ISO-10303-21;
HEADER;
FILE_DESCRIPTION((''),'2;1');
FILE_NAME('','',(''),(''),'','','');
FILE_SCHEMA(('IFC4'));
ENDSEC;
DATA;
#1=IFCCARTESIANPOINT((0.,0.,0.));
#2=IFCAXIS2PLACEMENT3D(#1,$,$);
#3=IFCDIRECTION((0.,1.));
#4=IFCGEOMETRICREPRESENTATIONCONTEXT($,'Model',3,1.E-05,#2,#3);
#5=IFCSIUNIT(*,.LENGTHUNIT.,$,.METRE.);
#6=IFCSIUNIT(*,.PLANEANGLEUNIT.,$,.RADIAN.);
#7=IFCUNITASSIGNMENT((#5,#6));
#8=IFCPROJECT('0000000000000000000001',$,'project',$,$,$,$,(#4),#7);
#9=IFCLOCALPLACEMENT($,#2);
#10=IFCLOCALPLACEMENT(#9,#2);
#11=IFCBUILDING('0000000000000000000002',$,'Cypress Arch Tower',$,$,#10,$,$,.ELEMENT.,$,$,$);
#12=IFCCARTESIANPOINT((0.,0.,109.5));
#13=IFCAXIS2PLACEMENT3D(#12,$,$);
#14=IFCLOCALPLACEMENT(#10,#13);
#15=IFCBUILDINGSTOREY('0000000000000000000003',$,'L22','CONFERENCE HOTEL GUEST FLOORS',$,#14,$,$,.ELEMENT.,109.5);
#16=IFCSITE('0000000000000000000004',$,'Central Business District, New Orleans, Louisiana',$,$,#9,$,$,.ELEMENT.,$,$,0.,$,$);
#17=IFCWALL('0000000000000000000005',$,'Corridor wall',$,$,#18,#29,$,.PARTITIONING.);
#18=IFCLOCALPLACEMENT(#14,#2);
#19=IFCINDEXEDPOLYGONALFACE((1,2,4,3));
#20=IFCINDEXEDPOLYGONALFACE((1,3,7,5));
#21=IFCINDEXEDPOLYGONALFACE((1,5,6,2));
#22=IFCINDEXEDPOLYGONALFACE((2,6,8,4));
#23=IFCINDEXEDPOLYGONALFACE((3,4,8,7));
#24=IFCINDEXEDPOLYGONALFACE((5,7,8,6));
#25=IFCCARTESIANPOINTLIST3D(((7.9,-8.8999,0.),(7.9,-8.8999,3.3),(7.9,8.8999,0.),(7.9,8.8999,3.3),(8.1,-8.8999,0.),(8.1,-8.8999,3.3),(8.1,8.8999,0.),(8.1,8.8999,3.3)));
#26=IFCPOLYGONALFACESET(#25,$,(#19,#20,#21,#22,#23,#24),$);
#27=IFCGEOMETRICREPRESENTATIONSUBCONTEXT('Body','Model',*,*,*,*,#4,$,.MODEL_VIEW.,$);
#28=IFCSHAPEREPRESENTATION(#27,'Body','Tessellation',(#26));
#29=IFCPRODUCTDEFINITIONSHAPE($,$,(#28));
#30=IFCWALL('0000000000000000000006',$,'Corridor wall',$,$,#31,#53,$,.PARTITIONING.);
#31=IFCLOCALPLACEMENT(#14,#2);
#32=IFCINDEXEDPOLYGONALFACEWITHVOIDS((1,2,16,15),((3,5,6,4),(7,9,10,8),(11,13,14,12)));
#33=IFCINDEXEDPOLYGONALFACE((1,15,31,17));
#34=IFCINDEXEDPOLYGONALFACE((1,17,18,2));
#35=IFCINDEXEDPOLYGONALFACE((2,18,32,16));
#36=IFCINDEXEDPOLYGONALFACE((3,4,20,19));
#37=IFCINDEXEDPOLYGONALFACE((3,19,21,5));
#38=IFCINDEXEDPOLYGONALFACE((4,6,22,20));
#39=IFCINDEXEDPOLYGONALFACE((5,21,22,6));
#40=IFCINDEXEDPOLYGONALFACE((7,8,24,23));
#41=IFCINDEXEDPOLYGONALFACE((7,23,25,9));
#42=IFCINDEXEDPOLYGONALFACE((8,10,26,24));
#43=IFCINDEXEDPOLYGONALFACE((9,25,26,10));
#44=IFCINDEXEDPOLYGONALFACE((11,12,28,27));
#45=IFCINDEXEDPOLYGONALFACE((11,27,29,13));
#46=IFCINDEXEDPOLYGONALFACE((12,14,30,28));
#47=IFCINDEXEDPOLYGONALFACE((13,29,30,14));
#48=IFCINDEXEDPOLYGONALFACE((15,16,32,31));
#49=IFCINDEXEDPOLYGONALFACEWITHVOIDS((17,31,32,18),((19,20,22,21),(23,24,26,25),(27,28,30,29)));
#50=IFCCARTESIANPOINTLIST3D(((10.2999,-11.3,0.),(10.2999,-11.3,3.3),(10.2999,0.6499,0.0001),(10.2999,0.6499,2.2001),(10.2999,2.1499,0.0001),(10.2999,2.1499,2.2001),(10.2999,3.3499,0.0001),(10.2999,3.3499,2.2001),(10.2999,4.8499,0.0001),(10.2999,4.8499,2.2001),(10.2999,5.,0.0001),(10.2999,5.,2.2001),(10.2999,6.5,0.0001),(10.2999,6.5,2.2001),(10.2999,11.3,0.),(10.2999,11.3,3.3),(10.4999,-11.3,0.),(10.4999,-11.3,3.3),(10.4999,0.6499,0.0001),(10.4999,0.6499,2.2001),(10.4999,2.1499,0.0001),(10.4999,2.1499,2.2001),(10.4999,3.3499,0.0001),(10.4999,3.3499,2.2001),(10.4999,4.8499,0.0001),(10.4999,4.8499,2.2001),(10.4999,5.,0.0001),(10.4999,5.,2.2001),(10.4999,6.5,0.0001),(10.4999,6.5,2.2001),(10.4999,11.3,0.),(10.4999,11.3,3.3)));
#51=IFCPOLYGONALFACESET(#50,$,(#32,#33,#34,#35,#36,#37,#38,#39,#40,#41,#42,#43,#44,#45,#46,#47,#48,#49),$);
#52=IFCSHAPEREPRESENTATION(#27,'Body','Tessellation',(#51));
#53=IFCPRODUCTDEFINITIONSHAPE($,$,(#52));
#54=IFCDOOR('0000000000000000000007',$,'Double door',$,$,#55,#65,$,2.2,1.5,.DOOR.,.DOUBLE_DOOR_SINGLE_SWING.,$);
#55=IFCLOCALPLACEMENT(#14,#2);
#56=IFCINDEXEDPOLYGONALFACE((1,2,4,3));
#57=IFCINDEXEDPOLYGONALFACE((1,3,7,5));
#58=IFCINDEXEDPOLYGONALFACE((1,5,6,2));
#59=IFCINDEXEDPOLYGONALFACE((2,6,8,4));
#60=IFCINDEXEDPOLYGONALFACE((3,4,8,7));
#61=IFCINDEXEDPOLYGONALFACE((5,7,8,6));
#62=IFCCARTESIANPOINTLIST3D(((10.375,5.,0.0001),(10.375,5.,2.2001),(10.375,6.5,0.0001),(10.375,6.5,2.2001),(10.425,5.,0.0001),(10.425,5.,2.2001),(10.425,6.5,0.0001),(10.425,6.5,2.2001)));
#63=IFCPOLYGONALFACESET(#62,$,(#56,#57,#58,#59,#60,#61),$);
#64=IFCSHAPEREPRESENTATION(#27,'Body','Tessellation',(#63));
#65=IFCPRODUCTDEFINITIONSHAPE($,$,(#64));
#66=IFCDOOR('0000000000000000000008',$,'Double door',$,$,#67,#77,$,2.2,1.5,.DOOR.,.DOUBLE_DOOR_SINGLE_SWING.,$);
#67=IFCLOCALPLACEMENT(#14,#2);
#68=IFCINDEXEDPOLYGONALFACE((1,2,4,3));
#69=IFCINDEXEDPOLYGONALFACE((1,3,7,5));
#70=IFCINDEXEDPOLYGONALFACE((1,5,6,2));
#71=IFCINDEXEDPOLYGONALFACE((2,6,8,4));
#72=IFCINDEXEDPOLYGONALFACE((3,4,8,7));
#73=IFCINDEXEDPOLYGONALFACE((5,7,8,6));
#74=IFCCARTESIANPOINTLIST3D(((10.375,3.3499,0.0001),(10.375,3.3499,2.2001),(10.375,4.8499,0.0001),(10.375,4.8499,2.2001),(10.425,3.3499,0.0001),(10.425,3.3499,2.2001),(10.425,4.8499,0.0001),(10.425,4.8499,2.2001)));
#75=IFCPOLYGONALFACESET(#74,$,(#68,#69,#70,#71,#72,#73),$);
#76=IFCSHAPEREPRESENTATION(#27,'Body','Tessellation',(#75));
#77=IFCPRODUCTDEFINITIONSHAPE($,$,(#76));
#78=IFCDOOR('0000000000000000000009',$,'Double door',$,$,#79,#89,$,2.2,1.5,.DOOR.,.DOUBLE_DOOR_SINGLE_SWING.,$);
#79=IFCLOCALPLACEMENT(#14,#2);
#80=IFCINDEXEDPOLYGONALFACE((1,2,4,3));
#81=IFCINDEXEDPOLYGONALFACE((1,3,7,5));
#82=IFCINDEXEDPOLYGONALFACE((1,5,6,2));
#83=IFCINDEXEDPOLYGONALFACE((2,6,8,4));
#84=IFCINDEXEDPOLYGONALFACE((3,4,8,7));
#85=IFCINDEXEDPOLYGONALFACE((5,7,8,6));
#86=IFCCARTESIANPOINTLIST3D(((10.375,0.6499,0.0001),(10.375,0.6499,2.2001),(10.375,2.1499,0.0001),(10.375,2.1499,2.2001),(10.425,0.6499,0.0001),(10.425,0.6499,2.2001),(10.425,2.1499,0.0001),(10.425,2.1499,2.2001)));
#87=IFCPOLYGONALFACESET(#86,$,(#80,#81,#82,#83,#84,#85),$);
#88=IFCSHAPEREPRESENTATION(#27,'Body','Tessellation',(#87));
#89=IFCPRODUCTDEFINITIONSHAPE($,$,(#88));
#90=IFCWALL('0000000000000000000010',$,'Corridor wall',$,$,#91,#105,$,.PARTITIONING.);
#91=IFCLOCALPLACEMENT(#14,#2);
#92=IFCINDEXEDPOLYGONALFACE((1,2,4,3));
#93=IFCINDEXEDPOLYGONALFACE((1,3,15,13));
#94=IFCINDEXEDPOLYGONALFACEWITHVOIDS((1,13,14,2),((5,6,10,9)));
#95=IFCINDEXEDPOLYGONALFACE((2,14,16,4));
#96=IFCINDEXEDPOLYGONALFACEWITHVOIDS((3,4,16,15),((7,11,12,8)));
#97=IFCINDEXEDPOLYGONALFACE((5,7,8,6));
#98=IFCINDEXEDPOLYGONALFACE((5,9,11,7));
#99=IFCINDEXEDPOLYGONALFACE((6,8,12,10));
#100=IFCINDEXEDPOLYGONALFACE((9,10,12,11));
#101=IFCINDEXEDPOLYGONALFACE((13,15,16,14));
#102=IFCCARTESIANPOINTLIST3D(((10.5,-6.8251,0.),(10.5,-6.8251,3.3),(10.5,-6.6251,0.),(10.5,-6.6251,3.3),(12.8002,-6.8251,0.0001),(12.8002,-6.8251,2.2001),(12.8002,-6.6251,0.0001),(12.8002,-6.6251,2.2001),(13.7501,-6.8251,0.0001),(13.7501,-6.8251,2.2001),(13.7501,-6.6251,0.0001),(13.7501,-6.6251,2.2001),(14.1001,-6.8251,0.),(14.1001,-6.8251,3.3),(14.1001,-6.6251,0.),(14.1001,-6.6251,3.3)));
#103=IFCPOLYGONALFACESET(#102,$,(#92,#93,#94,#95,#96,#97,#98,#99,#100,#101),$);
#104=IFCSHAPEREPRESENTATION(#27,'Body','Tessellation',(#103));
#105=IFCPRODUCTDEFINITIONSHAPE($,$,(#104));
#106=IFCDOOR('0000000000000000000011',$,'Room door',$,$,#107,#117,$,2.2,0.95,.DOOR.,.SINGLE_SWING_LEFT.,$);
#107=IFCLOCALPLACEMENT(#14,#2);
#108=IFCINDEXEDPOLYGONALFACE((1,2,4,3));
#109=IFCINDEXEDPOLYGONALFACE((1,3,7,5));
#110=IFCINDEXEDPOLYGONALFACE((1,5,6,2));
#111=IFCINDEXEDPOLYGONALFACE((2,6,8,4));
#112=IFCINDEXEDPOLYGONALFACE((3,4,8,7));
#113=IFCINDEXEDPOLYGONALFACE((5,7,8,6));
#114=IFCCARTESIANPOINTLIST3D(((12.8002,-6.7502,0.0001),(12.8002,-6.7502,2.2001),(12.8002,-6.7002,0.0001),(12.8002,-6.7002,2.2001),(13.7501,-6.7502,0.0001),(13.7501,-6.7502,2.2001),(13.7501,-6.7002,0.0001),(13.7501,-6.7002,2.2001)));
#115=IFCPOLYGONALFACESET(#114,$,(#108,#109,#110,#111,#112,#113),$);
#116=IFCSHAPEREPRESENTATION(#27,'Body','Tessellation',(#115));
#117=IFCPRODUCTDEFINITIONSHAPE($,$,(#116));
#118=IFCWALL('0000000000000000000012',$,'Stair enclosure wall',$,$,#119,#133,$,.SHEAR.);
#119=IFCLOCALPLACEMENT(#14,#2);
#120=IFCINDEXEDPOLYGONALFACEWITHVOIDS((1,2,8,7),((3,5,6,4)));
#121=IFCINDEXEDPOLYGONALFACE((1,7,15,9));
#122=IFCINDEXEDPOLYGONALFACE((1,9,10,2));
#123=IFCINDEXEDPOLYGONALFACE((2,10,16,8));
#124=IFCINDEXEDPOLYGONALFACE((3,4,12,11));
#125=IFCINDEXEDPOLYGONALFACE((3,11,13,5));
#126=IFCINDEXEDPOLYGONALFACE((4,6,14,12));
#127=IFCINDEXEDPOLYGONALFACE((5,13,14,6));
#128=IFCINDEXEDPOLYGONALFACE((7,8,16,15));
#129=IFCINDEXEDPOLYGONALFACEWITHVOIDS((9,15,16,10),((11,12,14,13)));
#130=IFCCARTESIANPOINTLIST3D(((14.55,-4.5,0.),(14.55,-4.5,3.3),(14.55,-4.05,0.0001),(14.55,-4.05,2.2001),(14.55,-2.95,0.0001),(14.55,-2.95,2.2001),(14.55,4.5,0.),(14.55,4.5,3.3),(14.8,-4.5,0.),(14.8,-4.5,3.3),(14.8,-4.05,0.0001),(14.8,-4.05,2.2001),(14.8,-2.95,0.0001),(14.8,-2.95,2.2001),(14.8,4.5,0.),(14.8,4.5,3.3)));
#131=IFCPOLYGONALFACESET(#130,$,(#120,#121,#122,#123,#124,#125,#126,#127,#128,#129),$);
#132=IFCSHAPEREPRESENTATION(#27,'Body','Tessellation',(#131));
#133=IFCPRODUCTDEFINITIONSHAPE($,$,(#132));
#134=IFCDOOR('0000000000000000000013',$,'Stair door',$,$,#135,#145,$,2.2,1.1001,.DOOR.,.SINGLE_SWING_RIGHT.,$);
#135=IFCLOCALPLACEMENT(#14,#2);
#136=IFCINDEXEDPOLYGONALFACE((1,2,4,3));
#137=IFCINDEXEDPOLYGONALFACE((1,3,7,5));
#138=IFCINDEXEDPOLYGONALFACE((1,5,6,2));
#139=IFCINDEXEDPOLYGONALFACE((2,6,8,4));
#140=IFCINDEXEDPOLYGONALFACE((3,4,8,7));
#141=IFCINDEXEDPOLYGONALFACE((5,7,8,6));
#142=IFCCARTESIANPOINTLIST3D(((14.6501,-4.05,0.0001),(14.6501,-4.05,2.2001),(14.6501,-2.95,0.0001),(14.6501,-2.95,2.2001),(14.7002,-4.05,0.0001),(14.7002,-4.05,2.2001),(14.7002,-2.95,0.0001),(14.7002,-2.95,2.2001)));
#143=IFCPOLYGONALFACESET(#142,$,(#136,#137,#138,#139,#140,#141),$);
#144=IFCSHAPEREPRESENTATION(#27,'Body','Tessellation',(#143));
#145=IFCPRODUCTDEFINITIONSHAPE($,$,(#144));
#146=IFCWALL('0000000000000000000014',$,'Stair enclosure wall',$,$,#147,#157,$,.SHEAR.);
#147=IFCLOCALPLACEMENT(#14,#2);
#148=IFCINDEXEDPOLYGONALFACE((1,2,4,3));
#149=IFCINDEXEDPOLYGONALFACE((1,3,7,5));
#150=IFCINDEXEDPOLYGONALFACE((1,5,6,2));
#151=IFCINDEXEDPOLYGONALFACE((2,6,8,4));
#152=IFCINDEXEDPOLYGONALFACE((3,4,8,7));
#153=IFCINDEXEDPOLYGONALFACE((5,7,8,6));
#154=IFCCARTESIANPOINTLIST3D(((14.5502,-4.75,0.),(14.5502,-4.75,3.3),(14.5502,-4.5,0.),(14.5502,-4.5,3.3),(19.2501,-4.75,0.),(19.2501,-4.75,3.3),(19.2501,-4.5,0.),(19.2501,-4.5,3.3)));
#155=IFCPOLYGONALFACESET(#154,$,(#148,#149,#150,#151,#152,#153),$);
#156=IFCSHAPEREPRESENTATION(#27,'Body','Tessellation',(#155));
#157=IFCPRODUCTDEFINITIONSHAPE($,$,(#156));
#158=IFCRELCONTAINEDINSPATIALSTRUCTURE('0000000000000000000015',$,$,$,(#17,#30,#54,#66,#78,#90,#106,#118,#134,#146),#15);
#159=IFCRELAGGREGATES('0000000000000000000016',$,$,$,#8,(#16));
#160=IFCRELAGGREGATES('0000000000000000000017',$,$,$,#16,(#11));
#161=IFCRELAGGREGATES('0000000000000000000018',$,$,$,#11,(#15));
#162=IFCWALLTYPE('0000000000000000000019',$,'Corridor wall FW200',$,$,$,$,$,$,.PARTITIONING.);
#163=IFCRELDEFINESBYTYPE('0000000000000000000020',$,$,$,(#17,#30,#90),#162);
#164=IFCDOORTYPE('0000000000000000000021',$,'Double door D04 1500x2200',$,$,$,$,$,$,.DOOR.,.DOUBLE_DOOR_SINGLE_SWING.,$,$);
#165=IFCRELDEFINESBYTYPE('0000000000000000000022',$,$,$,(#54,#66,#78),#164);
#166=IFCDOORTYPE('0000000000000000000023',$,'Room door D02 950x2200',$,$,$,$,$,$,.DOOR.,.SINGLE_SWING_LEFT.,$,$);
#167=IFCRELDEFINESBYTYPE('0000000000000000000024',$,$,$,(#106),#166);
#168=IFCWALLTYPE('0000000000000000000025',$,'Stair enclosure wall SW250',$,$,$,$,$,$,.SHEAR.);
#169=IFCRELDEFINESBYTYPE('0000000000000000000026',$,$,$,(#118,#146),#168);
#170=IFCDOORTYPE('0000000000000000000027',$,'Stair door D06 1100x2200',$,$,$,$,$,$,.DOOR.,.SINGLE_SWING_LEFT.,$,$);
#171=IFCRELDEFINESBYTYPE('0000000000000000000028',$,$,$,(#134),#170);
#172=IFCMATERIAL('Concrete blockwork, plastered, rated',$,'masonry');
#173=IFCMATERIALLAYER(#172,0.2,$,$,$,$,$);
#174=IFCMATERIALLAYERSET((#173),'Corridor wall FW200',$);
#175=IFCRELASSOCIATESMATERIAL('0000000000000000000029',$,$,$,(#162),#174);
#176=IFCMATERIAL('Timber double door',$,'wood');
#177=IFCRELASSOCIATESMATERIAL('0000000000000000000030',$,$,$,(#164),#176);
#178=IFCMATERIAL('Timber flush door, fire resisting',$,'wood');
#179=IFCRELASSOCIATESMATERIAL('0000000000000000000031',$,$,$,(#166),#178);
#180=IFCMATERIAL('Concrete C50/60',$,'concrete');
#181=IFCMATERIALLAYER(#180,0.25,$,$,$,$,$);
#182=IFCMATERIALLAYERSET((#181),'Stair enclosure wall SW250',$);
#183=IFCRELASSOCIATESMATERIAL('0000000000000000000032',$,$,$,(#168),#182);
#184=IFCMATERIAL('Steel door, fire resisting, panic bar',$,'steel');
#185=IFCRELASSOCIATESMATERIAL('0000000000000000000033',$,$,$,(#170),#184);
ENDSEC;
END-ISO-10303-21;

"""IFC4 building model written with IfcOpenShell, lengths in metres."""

from ifc_helpers import new_model, si_unit, direction, frame, frame_2d, origin, place, context, subcontext, project, spatial, rectangle, extrude, material, layer, layer_set, type_object, element, fill, save


model = new_model("IFC4")

# Units and contexts
model_context = context("Model", 3, precision=1e-05, world=origin(), true_north=direction((0.0, 1.0)))
body_context = subcontext(model_context, "Body", "Model", "MODEL_VIEW")
ifc_project = project(units=[si_unit("LENGTHUNIT", "METRE"), si_unit("PLANEANGLEUNIT", "RADIAN")], contexts=[model_context])

# Site, building, storey
site_placement = place(None, origin())
site = spatial("IfcSite", under=ifc_project, at=site_placement, Name="Central Business District, New Orleans, Louisiana", CompositionType="ELEMENT", RefElevation=0.0)
building_placement = place(site_placement, origin())
building = spatial("IfcBuilding", under=site, at=building_placement, Name="Cypress Arch Tower", CompositionType="ELEMENT")
storey_placement = place(building_placement, frame((0.0, 0.0, 109.5)))
storey = spatial("IfcBuildingStorey", under=building, at=storey_placement, Name="L22", Description="CONFERENCE HOTEL GUEST FLOORS", CompositionType="ELEMENT", Elevation=109.5)

# Wall
ifc_material_1 = material(Name="Concrete blockwork, plastered, rated", Category="masonry")
ifc_layer_1 = layer(ifc_material_1, 0.2)
ifc_layer_set_1 = layer_set([ifc_layer_1], Name="Corridor wall FW200")
wall_type_1 = type_object("IfcWallType", Name="Corridor wall FW200", PredefinedType="PARTITIONING", material=ifc_layer_set_1)
wall_1_placement = place(storey_placement, frame((8.0, -8.8999, 0.0), z_axis=(0.0, 0.0, 1.0), x_axis=(0.0, 1.0, 0.0)))
element("IfcWall", 1, at=wall_1_placement, inside=storey, type_object=wall_type_1, Name="Corridor wall", PredefinedType="PARTITIONING", context=body_context, shape_type="SweptSolid", body=[
    extrude(rectangle(XDim=17.7998, YDim=0.2, at=frame_2d((8.8999, 0.0))), origin(), (0.0, 0.0, 1.0), 3.3),
])

# Wall, openings, doors
wall_2_placement = place(storey_placement, frame((10.3999, -11.3, 0.0), z_axis=(0.0, 0.0, 1.0), x_axis=(0.0, 1.0, 0.0)))
wall_2 = element("IfcWall", 2, at=wall_2_placement, inside=storey, type_object=wall_type_1, Name="Corridor wall", PredefinedType="PARTITIONING", context=body_context, shape_type="SweptSolid", body=[
    extrude(rectangle(XDim=22.6001, YDim=0.2, at=frame_2d((11.3, 0.0))), origin(), (0.0, 0.0, 1.0), 3.3),
])
opening_1_placement = place(wall_2_placement, frame((16.3, 0.0, 0.0)))
opening_1 = element("IfcOpeningElement", 3, at=opening_1_placement, cuts=wall_2, PredefinedType="OPENING", context=body_context, shape_type="SweptSolid", body=[
    extrude(rectangle(XDim=1.5, YDim=2.2, at=frame_2d((0.75, 1.1001))), frame((0.0, 0.1099, 0.0), z_axis=(0.0, -1.0, 0.0), x_axis=(1.0, 0.0, 0.0)), (0.0, 0.0, 1.0), 0.22),
])
opening_2_placement = place(wall_2_placement, frame((14.6499, 0.0, 0.0)))
opening_2 = element("IfcOpeningElement", 4, at=opening_2_placement, cuts=wall_2, PredefinedType="OPENING", context=body_context, shape_type="SweptSolid", body=[
    extrude(rectangle(XDim=1.5, YDim=2.2, at=frame_2d((0.75, 1.1001))), frame((0.0, 0.1099, 0.0), z_axis=(0.0, -1.0, 0.0), x_axis=(1.0, 0.0, 0.0)), (0.0, 0.0, 1.0), 0.22),
])
opening_3_placement = place(wall_2_placement, frame((11.95, 0.0, 0.0)))
opening_3 = element("IfcOpeningElement", 5, at=opening_3_placement, cuts=wall_2, PredefinedType="OPENING", context=body_context, shape_type="SweptSolid", body=[
    extrude(rectangle(XDim=1.5, YDim=2.2, at=frame_2d((0.75, 1.1001))), frame((0.0, 0.1099, 0.0), z_axis=(0.0, -1.0, 0.0), x_axis=(1.0, 0.0, 0.0)), (0.0, 0.0, 1.0), 0.22),
])
ifc_material_2 = material(Name="Timber double door", Category="wood")
door_type_1 = type_object("IfcDoorType", Name="Double door D04 1500x2200", OperationType="DOUBLE_DOOR_SINGLE_SWING", PredefinedType="DOOR", material=ifc_material_2)
door_1_placement = place(opening_1_placement, origin())
door_1 = element("IfcDoor", 6, at=door_1_placement, inside=storey, type_object=door_type_1, Name="Double door", OperationType="DOUBLE_DOOR_SINGLE_SWING", OverallHeight=2.2, OverallWidth=1.5, PredefinedType="DOOR", context=body_context, shape_type="SweptSolid", body=[
    extrude(rectangle(XDim=1.5, YDim=2.2, at=frame_2d((0.75, 1.1001))), frame((0.0, 0.0249, 0.0), z_axis=(0.0, -1.0, 0.0), x_axis=(1.0, 0.0, 0.0)), (0.0, 0.0, 1.0), 0.05),
])
fill(opening_1, door_1)
door_2_placement = place(opening_2_placement, origin())
door_2 = element("IfcDoor", 7, at=door_2_placement, inside=storey, type_object=door_type_1, Name="Double door", OperationType="DOUBLE_DOOR_SINGLE_SWING", OverallHeight=2.2, OverallWidth=1.5, PredefinedType="DOOR", context=body_context, shape_type="SweptSolid", body=[
    extrude(rectangle(XDim=1.5, YDim=2.2, at=frame_2d((0.75, 1.1001))), frame((0.0, 0.0249, 0.0), z_axis=(0.0, -1.0, 0.0), x_axis=(1.0, 0.0, 0.0)), (0.0, 0.0, 1.0), 0.05),
])
fill(opening_2, door_2)
door_3_placement = place(opening_3_placement, origin())
door_3 = element("IfcDoor", 8, at=door_3_placement, inside=storey, type_object=door_type_1, Name="Double door", OperationType="DOUBLE_DOOR_SINGLE_SWING", OverallHeight=2.2, OverallWidth=1.5, PredefinedType="DOOR", context=body_context, shape_type="SweptSolid", body=[
    extrude(rectangle(XDim=1.5, YDim=2.2, at=frame_2d((0.75, 1.1001))), frame((0.0, 0.0249, 0.0), z_axis=(0.0, -1.0, 0.0), x_axis=(1.0, 0.0, 0.0)), (0.0, 0.0, 1.0), 0.05),
])
fill(opening_3, door_3)

# Walls, openings, doors
wall_3_placement = place(storey_placement, frame((10.5, -6.7251, 0.0), z_axis=(0.0, 0.0, 1.0), x_axis=(1.0, 0.0, 0.0)))
wall_3 = element("IfcWall", 9, at=wall_3_placement, inside=storey, type_object=wall_type_1, Name="Corridor wall", PredefinedType="PARTITIONING", context=body_context, shape_type="SweptSolid", body=[
    extrude(rectangle(XDim=3.6001, YDim=0.2, at=frame_2d((1.8, 0.0))), origin(), (0.0, 0.0, 1.0), 3.3),
])
opening_4_placement = place(wall_3_placement, frame((2.3, 0.0, 0.0)))
opening_4 = element("IfcOpeningElement", 10, at=opening_4_placement, cuts=wall_3, PredefinedType="OPENING", context=body_context, shape_type="SweptSolid", body=[
    extrude(rectangle(XDim=0.95, YDim=2.2, at=frame_2d((0.4751, 1.1001))), frame((0.0, 0.1099, 0.0), z_axis=(0.0, -1.0, 0.0), x_axis=(1.0, 0.0, 0.0)), (0.0, 0.0, 1.0), 0.22),
])
ifc_material_3 = material(Name="Timber flush door, fire resisting", Category="wood")
door_type_2 = type_object("IfcDoorType", Name="Room door D02 950x2200", OperationType="SINGLE_SWING_LEFT", PredefinedType="DOOR", material=ifc_material_3)
door_4_placement = place(opening_4_placement, origin())
door_4 = element("IfcDoor", 11, at=door_4_placement, inside=storey, type_object=door_type_2, Name="Room door", OperationType="SINGLE_SWING_LEFT", OverallHeight=2.2, OverallWidth=0.95, PredefinedType="DOOR", context=body_context, shape_type="SweptSolid", body=[
    extrude(rectangle(XDim=0.95, YDim=2.2, at=frame_2d((0.4751, 1.1001))), frame((0.0, 0.0249, 0.0), z_axis=(0.0, -1.0, 0.0), x_axis=(1.0, 0.0, 0.0)), (0.0, 0.0, 1.0), 0.05),
])
fill(opening_4, door_4)
ifc_material_4 = material(Name="Concrete C50/60", Category="concrete")
ifc_layer_2 = layer(ifc_material_4, 0.25)
ifc_layer_set_2 = layer_set([ifc_layer_2], Name="Stair enclosure wall SW250")
wall_type_2 = type_object("IfcWallType", Name="Stair enclosure wall SW250", PredefinedType="SHEAR", material=ifc_layer_set_2)
wall_4_placement = place(storey_placement, frame((14.675, -4.5, 0.0), z_axis=(0.0, 0.0, 1.0), x_axis=(0.0, 1.0, 0.0)))
wall_4 = element("IfcWall", 12, at=wall_4_placement, inside=storey, type_object=wall_type_2, Name="Stair enclosure wall", PredefinedType="SHEAR", context=body_context, shape_type="SweptSolid", body=[
    extrude(rectangle(XDim=9.0, YDim=0.25, at=frame_2d((4.5, 0.0))), origin(), (0.0, 0.0, 1.0), 3.3),
])
opening_5_placement = place(wall_4_placement, frame((0.45, 0.0, 0.0)))
opening_5 = element("IfcOpeningElement", 13, at=opening_5_placement, cuts=wall_4, PredefinedType="OPENING", context=body_context, shape_type="SweptSolid", body=[
    extrude(rectangle(XDim=1.1001, YDim=2.2, at=frame_2d((0.55, 1.1001))), frame((0.0, 0.135, 0.0), z_axis=(0.0, -1.0, 0.0), x_axis=(1.0, 0.0, 0.0)), (0.0, 0.0, 1.0), 0.27),
])
ifc_material_5 = material(Name="Steel door, fire resisting, panic bar", Category="steel")
door_type_3 = type_object("IfcDoorType", Name="Stair door D06 1100x2200", OperationType="SINGLE_SWING_LEFT", PredefinedType="DOOR", material=ifc_material_5)
door_5_placement = place(opening_5_placement, origin())
door_5 = element("IfcDoor", 14, at=door_5_placement, inside=storey, type_object=door_type_3, Name="Stair door", OperationType="SINGLE_SWING_RIGHT", OverallHeight=2.2, OverallWidth=1.1001, PredefinedType="DOOR", context=body_context, shape_type="SweptSolid", body=[
    extrude(rectangle(XDim=1.1001, YDim=2.2, at=frame_2d((0.55, 1.1001))), frame((0.0, 0.0249, 0.0), z_axis=(0.0, -1.0, 0.0), x_axis=(1.0, 0.0, 0.0)), (0.0, 0.0, 1.0), 0.05),
])
fill(opening_5, door_5)

# Wall
wall_5_placement = place(storey_placement, frame((14.55, -4.625, 0.0), z_axis=(0.0, 0.0, 1.0), x_axis=(1.0, 0.0, 0.0)))
element("IfcWall", 15, at=wall_5_placement, inside=storey, type_object=wall_type_2, Name="Stair enclosure wall", PredefinedType="SHEAR", context=body_context, shape_type="SweptSolid", body=[
    extrude(rectangle(XDim=4.7, YDim=0.25, at=frame_2d((2.3501, 0.0))), origin(), (0.0, 0.0, 1.0), 3.3),
])

save(model, "model.ifc")
